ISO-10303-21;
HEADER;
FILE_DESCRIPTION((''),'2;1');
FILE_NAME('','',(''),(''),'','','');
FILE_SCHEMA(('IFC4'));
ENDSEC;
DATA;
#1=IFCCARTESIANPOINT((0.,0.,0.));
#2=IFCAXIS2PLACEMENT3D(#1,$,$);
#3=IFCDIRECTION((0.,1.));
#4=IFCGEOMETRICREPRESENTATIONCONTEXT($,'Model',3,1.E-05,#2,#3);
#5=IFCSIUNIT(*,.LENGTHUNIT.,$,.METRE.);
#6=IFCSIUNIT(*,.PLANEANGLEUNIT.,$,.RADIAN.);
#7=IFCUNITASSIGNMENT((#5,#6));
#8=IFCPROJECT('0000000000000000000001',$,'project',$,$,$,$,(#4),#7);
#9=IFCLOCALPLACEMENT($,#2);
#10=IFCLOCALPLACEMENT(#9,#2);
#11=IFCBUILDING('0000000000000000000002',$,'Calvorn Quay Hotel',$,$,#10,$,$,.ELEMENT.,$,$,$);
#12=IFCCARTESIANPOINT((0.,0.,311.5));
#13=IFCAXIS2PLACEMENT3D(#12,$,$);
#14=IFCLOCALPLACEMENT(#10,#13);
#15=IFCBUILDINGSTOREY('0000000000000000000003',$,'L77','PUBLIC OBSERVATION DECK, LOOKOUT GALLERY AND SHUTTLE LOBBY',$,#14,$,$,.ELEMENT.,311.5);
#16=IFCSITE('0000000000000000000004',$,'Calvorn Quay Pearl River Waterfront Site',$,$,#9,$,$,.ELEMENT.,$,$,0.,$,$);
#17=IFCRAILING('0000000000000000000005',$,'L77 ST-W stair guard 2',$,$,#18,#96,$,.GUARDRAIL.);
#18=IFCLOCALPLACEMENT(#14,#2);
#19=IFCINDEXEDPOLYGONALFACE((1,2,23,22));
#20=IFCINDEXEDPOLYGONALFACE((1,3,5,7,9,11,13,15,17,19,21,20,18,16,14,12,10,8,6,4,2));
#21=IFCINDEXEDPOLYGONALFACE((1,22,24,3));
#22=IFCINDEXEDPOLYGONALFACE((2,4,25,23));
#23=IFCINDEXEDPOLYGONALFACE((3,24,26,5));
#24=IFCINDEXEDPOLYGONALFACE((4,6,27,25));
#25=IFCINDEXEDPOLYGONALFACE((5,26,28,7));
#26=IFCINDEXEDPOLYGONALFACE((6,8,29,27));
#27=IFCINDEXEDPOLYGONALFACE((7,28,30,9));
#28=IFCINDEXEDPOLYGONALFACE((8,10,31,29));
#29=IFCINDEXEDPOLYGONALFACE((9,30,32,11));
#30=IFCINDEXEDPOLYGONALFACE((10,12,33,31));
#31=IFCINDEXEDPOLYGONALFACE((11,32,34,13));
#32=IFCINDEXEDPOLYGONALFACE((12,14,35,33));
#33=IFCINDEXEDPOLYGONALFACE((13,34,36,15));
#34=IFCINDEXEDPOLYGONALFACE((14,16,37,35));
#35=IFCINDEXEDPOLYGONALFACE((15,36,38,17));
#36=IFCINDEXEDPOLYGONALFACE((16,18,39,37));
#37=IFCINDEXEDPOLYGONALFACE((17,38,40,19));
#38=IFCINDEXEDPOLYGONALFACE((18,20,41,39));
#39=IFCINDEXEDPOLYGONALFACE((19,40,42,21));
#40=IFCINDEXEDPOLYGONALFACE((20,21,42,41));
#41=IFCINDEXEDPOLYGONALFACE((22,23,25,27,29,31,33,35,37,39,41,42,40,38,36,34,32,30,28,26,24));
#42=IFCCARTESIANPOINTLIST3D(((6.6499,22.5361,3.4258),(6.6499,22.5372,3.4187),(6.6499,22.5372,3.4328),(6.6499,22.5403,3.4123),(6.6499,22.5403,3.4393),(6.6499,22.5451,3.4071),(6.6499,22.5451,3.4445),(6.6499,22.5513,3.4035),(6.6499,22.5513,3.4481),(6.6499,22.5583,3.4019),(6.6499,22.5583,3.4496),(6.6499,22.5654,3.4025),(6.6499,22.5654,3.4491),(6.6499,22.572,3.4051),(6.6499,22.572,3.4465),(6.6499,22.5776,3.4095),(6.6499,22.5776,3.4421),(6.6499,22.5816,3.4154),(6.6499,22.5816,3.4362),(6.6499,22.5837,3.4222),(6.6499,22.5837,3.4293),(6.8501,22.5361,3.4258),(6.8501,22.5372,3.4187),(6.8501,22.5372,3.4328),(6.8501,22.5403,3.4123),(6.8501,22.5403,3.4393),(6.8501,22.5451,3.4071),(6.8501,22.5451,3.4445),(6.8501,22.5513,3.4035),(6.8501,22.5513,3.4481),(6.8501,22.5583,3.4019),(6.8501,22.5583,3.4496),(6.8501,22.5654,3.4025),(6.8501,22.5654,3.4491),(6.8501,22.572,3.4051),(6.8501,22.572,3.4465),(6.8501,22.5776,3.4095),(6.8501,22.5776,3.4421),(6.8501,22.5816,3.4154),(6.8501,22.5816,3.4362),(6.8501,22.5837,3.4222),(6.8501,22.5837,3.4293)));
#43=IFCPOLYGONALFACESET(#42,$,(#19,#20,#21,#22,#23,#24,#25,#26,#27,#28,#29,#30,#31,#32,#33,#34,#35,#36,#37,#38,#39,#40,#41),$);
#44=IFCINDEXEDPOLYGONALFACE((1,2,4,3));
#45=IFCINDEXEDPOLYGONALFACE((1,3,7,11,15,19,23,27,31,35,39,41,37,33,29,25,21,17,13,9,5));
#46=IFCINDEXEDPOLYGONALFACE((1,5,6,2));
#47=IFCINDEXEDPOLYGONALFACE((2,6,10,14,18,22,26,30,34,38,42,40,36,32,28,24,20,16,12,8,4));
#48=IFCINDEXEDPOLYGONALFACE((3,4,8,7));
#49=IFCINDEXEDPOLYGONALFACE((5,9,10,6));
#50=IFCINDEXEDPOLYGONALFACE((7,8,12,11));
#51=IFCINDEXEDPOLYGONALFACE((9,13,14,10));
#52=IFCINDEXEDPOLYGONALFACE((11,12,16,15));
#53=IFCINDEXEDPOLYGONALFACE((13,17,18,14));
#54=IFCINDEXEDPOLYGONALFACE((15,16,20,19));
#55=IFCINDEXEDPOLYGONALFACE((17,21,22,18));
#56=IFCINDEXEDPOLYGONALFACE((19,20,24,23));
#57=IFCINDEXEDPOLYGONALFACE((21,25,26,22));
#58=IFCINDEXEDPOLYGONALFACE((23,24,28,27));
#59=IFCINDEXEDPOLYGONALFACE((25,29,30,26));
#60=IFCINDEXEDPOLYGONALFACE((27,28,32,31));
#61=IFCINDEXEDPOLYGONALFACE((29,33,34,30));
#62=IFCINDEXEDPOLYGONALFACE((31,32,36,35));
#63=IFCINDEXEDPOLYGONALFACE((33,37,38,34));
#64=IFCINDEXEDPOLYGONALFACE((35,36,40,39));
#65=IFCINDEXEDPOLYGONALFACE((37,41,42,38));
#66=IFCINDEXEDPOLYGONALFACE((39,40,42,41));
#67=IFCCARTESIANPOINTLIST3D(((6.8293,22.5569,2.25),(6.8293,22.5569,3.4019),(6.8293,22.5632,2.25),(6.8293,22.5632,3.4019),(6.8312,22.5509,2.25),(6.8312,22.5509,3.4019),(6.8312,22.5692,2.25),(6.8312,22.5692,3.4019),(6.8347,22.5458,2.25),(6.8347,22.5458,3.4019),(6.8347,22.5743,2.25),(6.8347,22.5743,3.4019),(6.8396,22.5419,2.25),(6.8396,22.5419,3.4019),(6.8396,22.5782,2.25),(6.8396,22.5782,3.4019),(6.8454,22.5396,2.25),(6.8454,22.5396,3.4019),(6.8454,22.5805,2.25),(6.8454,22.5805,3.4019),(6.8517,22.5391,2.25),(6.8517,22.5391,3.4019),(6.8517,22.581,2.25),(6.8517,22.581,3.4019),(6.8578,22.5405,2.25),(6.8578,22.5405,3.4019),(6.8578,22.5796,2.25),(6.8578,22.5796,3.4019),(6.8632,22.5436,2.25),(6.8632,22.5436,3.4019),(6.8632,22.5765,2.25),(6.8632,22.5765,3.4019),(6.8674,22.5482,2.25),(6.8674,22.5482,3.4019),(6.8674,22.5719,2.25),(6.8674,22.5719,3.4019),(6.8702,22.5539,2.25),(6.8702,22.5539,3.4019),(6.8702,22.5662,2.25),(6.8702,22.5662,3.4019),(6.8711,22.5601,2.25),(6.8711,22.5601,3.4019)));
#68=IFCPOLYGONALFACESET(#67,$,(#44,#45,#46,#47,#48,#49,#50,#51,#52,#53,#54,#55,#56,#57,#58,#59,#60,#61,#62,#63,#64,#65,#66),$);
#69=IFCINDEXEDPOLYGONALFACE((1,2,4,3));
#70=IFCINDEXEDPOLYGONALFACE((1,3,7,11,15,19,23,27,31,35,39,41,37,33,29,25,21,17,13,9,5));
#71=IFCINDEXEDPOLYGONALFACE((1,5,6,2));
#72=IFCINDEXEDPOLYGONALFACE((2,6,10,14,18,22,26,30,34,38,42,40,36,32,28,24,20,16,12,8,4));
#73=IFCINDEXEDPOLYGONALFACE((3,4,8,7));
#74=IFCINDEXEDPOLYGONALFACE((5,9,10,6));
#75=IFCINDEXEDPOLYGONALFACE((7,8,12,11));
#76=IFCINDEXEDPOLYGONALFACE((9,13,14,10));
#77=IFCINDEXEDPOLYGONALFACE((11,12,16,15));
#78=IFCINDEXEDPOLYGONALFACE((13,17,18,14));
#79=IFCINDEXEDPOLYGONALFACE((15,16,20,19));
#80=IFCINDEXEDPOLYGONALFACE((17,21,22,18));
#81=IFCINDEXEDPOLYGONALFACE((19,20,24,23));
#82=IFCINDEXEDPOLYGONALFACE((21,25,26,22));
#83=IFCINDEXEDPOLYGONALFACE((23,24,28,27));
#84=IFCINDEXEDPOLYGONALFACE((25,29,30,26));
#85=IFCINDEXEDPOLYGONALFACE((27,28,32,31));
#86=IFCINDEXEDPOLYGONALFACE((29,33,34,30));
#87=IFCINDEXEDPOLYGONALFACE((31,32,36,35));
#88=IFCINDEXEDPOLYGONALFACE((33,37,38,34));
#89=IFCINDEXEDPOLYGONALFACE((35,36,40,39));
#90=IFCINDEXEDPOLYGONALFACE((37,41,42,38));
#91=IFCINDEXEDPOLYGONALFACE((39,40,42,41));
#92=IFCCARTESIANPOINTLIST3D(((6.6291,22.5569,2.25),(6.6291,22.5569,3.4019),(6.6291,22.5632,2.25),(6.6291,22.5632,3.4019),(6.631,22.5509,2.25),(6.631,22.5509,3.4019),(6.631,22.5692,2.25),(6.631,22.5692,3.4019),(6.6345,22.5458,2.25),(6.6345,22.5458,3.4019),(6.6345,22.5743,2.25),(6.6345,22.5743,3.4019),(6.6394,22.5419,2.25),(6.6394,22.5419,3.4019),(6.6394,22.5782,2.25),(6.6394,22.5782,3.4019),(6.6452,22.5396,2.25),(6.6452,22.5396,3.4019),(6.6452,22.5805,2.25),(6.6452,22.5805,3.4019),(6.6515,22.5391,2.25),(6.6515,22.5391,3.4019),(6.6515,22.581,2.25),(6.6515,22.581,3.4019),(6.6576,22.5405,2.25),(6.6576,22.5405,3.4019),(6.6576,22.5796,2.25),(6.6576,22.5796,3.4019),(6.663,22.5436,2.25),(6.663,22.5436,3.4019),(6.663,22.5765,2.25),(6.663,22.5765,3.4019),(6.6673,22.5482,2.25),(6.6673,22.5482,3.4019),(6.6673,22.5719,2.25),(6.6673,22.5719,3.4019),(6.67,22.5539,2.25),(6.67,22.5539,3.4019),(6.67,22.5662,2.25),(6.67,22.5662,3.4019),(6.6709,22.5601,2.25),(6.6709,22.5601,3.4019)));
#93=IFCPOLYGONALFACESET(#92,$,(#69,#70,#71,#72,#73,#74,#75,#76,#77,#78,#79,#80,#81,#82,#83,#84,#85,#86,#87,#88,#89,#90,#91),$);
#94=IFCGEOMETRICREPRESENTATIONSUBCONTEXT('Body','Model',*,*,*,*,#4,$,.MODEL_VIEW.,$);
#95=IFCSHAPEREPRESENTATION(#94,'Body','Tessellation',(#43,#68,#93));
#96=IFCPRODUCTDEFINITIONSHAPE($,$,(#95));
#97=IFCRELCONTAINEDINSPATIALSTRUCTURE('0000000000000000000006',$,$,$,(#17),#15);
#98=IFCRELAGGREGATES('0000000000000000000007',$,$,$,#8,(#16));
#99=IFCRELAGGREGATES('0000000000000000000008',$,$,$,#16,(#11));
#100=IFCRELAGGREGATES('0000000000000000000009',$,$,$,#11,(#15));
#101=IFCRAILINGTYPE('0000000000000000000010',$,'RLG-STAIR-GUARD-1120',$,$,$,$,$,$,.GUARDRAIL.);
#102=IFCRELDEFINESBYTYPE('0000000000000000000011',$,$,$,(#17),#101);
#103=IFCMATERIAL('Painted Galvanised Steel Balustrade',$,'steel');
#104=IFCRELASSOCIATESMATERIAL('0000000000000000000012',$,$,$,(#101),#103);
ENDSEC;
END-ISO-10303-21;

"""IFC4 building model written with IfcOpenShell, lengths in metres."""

from ifc_helpers import new_model, si_unit, direction, frame, origin, origin_2d, place, context, subcontext, project, spatial, circle, extrude, material, type_object, element, save


model = new_model("IFC4")

# Units and contexts
model_context = context("Model", 3, precision=1e-05, world=origin(), true_north=direction((0.0, 1.0)))
body_context = subcontext(model_context, "Body", "Model", "MODEL_VIEW")
ifc_project = project(units=[si_unit("LENGTHUNIT", "METRE"), si_unit("PLANEANGLEUNIT", "RADIAN")], contexts=[model_context])

# Site, building, storey
site_placement = place(None, origin())
site = spatial("IfcSite", under=ifc_project, at=site_placement, Name="Calvorn Quay Pearl River Waterfront Site", CompositionType="ELEMENT", RefElevation=0.0)
building_placement = place(site_placement, origin())
building = spatial("IfcBuilding", under=site, at=building_placement, Name="Calvorn Quay Hotel", CompositionType="ELEMENT")
storey_placement = place(building_placement, frame((0.0, 0.0, 311.5)))
storey = spatial("IfcBuildingStorey", under=building, at=storey_placement, Name="L77", Description="PUBLIC OBSERVATION DECK, LOOKOUT GALLERY AND SHUTTLE LOBBY", CompositionType="ELEMENT", Elevation=311.5)

# Railing
ifc_material_1 = material(Name="Painted Galvanised Steel Balustrade", Category="steel")
railing_type_1 = type_object("IfcRailingType", Name="RLG-STAIR-GUARD-1120", PredefinedType="GUARDRAIL", material=ifc_material_1)
railing_1_placement = place(storey_placement, frame((6.8501, 22.5601, 2.25)))
element("IfcRailing", 1, at=railing_1_placement, inside=storey, type_object=railing_type_1, Name="L77 ST-W stair guard 2", PredefinedType="GUARDRAIL", context=body_context, shape_type="SweptSolid", body=[
    extrude(circle(Radius=0.0239, at=origin_2d()), frame((0.0, 0.0, 1.1758), z_axis=(-1.0, 0.0, 0.0), x_axis=(0.0, -1.0, 0.0)), (0.0, 0.0, 1.0), 0.2002),
    extrude(circle(Radius=0.021, at=origin_2d()), origin(), (0.0, 0.0, 1.0), 1.1519),
    extrude(circle(Radius=0.021, at=origin_2d()), frame((-0.2002, 0.0, 0.0)), (0.0, 0.0, 1.0), 1.1519),
])

save(model, "model.ifc")
